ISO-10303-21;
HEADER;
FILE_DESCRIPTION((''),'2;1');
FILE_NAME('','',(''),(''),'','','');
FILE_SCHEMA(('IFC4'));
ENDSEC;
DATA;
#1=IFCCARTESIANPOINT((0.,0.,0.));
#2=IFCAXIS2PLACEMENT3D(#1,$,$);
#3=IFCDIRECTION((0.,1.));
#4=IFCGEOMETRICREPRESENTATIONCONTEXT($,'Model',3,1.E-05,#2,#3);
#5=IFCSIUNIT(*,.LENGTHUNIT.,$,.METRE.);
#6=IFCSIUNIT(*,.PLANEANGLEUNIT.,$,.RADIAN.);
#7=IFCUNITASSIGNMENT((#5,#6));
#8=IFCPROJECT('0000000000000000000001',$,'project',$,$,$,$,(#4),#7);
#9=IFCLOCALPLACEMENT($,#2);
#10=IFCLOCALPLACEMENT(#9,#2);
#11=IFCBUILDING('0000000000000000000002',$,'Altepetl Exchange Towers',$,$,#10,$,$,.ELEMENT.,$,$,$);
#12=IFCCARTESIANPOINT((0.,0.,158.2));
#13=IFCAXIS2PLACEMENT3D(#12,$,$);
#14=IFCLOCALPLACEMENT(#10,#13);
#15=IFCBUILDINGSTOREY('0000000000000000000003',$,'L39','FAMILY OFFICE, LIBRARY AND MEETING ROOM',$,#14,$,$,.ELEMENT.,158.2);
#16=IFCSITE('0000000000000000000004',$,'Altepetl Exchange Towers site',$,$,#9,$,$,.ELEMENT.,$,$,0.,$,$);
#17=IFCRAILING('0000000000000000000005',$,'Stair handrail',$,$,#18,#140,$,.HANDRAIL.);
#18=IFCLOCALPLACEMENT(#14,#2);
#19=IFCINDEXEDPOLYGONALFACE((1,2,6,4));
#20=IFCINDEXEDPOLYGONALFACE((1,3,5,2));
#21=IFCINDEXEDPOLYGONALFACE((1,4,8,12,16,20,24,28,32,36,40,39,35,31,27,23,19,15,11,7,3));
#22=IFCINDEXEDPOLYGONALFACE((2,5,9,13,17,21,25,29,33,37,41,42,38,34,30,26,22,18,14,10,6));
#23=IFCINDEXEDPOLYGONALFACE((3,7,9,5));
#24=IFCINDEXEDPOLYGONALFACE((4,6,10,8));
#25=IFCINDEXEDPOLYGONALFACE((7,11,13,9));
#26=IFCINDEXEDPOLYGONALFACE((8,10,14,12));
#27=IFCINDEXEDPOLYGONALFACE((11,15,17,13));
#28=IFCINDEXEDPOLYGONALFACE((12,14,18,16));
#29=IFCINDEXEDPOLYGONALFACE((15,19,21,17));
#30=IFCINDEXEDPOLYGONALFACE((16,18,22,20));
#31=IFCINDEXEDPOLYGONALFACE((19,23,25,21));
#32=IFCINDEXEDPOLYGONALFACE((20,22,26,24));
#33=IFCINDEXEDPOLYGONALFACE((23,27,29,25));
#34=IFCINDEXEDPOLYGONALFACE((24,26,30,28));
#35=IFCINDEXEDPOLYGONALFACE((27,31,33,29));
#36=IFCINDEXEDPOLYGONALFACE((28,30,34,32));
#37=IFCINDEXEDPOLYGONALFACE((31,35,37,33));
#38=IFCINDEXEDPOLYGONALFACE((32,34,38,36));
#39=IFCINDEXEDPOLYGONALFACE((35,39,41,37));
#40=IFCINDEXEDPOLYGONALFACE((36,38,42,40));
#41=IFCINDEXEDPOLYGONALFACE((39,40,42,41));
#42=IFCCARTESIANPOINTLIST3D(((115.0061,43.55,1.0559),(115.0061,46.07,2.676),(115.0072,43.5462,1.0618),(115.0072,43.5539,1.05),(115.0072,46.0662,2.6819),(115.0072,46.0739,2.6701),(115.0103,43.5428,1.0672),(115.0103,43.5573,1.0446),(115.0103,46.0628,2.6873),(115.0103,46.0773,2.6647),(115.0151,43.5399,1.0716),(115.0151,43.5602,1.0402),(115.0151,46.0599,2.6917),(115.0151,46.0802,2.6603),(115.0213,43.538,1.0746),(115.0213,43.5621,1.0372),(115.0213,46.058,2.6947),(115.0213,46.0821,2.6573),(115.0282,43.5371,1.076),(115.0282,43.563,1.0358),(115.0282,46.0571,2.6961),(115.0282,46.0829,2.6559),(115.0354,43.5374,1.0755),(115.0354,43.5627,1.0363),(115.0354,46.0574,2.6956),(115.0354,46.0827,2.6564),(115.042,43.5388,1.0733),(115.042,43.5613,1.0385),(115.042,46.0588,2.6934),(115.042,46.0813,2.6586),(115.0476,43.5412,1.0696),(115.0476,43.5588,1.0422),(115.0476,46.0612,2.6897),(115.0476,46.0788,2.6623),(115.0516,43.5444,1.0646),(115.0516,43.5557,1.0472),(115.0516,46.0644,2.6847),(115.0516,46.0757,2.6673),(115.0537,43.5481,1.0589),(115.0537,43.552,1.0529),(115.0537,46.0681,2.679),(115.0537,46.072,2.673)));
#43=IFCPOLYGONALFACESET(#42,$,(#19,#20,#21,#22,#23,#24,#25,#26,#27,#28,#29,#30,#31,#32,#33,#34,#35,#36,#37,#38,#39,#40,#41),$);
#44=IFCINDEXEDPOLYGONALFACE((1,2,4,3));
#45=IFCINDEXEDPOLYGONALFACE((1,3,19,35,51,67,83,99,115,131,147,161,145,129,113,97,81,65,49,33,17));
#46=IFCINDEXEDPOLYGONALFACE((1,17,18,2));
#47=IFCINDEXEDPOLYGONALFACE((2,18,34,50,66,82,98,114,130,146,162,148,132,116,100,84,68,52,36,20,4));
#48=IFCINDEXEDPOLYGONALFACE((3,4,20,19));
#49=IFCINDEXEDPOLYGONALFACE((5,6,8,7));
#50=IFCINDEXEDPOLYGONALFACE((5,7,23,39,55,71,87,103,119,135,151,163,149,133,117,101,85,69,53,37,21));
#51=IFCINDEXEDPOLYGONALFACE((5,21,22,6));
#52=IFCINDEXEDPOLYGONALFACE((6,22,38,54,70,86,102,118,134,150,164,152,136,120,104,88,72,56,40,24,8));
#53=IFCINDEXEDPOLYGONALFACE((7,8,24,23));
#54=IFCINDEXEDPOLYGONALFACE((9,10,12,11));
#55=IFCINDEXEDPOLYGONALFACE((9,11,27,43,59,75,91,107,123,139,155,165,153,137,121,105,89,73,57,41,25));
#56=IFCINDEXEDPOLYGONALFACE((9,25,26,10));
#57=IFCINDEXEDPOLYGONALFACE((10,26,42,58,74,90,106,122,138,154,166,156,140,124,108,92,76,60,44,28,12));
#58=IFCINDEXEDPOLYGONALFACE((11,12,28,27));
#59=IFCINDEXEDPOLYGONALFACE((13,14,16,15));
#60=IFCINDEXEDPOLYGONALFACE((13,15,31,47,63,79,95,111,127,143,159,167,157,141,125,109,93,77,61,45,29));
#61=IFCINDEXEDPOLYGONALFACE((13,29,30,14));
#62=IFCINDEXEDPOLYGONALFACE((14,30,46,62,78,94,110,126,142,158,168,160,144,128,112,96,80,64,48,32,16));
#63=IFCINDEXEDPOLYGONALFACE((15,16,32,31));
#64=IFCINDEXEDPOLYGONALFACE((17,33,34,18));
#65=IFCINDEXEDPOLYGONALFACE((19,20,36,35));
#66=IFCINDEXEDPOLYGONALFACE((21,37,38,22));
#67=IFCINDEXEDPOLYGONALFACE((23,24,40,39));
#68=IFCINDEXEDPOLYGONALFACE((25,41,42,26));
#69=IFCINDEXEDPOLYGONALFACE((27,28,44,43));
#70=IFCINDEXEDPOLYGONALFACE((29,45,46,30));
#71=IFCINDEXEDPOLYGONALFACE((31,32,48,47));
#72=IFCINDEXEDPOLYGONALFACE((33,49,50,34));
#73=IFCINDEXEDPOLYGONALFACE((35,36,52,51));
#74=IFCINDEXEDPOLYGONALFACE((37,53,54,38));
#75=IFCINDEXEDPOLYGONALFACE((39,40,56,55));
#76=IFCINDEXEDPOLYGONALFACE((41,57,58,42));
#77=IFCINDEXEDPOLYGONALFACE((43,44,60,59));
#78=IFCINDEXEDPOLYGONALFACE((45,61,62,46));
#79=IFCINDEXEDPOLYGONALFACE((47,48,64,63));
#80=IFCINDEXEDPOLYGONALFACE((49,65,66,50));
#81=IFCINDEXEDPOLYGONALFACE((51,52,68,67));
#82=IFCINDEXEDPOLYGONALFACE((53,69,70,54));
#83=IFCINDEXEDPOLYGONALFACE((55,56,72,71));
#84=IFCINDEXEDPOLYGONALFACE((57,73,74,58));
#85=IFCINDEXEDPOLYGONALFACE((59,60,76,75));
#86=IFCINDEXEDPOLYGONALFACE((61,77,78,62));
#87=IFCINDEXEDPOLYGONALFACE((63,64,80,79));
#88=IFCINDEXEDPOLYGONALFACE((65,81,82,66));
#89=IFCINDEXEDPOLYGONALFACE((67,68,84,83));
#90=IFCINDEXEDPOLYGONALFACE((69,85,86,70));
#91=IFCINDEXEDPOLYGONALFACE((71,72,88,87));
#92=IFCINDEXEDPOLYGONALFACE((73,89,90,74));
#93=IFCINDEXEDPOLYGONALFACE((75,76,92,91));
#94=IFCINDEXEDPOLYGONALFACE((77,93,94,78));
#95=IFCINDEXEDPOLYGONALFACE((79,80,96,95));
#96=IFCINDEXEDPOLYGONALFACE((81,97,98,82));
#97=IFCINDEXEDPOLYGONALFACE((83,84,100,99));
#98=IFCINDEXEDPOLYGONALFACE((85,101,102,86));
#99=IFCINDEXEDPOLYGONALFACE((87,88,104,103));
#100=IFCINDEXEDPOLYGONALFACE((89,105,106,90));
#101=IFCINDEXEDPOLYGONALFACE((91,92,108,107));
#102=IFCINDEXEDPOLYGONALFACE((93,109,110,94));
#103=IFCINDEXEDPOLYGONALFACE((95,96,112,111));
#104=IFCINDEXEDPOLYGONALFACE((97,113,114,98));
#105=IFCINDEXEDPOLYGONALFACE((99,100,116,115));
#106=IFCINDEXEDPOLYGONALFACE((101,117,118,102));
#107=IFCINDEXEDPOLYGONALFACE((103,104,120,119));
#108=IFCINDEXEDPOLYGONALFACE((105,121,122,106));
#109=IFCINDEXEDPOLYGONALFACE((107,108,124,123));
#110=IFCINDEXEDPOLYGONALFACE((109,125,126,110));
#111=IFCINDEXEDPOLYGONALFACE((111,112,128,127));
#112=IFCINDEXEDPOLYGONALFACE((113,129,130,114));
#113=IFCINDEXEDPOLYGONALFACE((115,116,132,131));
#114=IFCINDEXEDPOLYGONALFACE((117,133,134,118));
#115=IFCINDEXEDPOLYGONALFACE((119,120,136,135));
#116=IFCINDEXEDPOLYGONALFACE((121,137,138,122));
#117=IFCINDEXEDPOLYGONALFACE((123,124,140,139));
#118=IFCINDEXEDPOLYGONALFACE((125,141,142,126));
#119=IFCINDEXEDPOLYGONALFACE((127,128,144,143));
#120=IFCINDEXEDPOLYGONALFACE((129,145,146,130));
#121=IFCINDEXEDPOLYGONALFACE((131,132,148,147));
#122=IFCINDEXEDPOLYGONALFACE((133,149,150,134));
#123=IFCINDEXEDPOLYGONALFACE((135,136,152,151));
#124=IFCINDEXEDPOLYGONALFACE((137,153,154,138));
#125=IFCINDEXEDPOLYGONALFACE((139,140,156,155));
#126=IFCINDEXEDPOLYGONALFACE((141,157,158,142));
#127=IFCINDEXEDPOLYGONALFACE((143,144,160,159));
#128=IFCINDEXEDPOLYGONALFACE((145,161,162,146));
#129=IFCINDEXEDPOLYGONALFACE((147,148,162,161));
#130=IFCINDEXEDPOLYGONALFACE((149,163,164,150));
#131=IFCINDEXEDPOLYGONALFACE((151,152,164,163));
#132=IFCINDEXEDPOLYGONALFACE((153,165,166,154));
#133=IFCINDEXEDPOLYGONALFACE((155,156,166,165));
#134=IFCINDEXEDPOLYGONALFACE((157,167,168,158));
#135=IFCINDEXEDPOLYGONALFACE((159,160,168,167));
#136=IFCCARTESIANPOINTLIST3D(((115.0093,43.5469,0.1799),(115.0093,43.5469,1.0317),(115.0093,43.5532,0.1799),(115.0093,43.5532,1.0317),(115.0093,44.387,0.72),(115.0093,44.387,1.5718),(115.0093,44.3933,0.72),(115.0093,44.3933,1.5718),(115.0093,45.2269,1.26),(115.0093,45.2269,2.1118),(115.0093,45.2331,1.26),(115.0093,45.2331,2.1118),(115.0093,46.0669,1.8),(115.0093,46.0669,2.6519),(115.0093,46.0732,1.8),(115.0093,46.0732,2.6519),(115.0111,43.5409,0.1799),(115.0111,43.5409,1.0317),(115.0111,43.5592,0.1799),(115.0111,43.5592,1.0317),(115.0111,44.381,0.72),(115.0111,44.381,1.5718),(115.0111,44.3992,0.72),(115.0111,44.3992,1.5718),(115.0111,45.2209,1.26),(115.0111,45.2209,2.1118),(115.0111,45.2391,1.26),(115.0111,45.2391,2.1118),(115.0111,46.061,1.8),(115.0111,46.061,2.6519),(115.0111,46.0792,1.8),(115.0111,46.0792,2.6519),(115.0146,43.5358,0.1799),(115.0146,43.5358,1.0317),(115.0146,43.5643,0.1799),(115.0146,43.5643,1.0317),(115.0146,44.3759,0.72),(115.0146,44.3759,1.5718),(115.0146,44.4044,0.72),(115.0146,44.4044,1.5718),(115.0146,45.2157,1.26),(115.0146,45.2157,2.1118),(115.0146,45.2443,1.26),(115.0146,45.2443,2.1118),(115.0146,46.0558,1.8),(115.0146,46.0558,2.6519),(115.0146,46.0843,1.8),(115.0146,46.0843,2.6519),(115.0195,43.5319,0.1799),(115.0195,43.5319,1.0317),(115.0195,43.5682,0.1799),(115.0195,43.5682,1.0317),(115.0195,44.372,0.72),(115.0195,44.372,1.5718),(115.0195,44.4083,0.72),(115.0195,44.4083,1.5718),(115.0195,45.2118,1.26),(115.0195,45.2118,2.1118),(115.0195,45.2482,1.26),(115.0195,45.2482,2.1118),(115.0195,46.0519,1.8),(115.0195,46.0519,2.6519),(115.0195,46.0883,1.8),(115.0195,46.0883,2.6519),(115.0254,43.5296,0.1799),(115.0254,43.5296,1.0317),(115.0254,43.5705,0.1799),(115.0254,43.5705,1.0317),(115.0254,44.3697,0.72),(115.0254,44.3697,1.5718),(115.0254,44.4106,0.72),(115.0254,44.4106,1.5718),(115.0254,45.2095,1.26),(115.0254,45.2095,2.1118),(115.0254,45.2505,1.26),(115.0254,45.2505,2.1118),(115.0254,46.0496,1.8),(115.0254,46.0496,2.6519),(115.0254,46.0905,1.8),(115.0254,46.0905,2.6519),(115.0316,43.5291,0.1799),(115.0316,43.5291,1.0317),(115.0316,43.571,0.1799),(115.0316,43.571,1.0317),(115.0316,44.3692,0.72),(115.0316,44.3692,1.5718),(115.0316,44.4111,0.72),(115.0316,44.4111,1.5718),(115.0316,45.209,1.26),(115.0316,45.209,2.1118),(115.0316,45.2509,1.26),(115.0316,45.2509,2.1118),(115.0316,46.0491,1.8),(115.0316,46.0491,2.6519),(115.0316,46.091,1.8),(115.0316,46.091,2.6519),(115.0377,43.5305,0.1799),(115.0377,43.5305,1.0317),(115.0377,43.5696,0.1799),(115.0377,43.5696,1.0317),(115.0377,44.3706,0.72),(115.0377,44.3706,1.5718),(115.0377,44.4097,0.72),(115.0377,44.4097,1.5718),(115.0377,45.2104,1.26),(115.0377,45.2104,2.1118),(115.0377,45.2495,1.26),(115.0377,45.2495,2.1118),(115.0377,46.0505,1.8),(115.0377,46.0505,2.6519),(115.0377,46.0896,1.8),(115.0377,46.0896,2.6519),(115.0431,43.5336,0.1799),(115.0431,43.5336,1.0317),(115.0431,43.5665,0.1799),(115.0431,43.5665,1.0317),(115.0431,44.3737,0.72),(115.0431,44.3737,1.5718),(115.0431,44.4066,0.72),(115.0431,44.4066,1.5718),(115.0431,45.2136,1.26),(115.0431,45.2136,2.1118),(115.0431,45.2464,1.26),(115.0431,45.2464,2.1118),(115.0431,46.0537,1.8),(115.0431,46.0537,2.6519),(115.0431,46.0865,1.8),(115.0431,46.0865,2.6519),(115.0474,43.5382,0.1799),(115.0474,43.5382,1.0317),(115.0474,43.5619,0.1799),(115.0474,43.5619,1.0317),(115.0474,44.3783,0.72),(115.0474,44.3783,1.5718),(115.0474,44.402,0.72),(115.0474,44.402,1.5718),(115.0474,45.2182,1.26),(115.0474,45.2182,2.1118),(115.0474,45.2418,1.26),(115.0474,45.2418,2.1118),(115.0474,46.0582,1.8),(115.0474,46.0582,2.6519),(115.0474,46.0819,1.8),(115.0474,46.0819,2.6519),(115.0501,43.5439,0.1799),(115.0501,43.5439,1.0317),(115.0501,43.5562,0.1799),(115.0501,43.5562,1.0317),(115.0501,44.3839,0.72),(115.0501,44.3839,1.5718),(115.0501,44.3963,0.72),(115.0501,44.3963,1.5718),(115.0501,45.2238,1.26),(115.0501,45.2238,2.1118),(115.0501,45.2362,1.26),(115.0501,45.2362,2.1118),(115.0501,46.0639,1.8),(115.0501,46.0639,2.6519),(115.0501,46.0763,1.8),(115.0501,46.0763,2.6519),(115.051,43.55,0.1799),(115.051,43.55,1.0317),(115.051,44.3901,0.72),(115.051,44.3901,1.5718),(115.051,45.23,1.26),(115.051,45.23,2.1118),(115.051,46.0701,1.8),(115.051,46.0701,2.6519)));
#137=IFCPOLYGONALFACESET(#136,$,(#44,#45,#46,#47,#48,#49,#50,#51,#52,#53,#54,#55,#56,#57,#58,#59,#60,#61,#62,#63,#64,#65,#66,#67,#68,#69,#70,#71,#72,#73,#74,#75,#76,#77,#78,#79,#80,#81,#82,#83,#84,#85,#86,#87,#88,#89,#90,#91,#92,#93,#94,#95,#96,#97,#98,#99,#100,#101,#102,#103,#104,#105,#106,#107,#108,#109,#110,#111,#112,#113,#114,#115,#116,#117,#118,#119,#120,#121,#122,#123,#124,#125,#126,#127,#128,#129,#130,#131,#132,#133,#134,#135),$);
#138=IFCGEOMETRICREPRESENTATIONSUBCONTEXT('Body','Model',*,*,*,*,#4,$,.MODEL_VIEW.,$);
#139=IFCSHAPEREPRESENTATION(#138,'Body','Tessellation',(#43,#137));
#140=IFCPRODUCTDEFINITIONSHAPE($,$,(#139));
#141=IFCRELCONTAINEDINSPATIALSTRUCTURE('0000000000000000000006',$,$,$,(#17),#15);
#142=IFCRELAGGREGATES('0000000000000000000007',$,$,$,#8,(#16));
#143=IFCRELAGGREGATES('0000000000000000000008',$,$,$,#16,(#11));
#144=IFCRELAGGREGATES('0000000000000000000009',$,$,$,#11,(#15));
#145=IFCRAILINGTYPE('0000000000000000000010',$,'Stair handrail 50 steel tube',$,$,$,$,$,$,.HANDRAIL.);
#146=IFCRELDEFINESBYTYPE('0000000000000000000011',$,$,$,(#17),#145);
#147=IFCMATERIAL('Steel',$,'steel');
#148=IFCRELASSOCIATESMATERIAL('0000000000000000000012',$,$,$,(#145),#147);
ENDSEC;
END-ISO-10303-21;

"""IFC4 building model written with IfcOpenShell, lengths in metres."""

from ifc_helpers import new_model, si_unit, direction, frame, origin, origin_2d, place, context, subcontext, project, spatial, circle, extrude, source, transform, mapped, material, type_object, element, save


model = new_model("IFC4")

# Units and contexts
model_context = context("Model", 3, precision=1e-05, world=origin(), true_north=direction((0.0, 1.0)))
body_context = subcontext(model_context, "Body", "Model", "MODEL_VIEW")
ifc_project = project(units=[si_unit("LENGTHUNIT", "METRE"), si_unit("PLANEANGLEUNIT", "RADIAN")], contexts=[model_context])

# Site, building, storey
site_placement = place(None, origin())
site = spatial("IfcSite", under=ifc_project, at=site_placement, Name="Altepetl Exchange Towers site", CompositionType="ELEMENT", RefElevation=0.0)
building_placement = place(site_placement, origin())
building = spatial("IfcBuilding", under=site, at=building_placement, Name="Altepetl Exchange Towers", CompositionType="ELEMENT")
storey_placement = place(building_placement, frame((0.0, 0.0, 158.2)))
storey = spatial("IfcBuildingStorey", under=building, at=storey_placement, Name="L39", Description="FAMILY OFFICE, LIBRARY AND MEETING ROOM", CompositionType="ELEMENT", Elevation=158.2)

# Railing
ifc_material_1 = material(Name="Steel", Category="steel")
railing_type = type_object("IfcRailingType", Name="Stair handrail 50 steel tube", PredefinedType="HANDRAIL", material=ifc_material_1)
shared_shape = source(origin(), body_context, "Body", "SweptSolid", [
    extrude(circle(Radius=0.021, at=origin_2d()), origin(), (0.0, 0.0, 1.0), 0.8518),
])
railing_1_placement = place(storey_placement, frame((115.03, 43.55, 0.1799)))
element("IfcRailing", 1, at=railing_1_placement, inside=storey, type_object=railing_type, Name="Stair handrail", PredefinedType="HANDRAIL", context=body_context, shape_type="SweptSolid", body=[
    extrude(circle(Radius=0.0239, at=origin_2d()), frame((0.0, 0.0, 0.876), z_axis=(0.0, 0.841163, 0.540782), x_axis=(-1.0, 0.0, 0.0)), (0.0, 0.0, 1.0), 2.9958),
    mapped(shared_shape, transform((0.0, 0.0, 0.0))),
    mapped(shared_shape, transform((0.0, 0.8401, 0.54))),
    mapped(shared_shape, transform((0.0, 1.6799, 1.0801))),
    mapped(shared_shape, transform((0.0, 2.52, 1.6201))),
])

save(model, "model.ifc")
